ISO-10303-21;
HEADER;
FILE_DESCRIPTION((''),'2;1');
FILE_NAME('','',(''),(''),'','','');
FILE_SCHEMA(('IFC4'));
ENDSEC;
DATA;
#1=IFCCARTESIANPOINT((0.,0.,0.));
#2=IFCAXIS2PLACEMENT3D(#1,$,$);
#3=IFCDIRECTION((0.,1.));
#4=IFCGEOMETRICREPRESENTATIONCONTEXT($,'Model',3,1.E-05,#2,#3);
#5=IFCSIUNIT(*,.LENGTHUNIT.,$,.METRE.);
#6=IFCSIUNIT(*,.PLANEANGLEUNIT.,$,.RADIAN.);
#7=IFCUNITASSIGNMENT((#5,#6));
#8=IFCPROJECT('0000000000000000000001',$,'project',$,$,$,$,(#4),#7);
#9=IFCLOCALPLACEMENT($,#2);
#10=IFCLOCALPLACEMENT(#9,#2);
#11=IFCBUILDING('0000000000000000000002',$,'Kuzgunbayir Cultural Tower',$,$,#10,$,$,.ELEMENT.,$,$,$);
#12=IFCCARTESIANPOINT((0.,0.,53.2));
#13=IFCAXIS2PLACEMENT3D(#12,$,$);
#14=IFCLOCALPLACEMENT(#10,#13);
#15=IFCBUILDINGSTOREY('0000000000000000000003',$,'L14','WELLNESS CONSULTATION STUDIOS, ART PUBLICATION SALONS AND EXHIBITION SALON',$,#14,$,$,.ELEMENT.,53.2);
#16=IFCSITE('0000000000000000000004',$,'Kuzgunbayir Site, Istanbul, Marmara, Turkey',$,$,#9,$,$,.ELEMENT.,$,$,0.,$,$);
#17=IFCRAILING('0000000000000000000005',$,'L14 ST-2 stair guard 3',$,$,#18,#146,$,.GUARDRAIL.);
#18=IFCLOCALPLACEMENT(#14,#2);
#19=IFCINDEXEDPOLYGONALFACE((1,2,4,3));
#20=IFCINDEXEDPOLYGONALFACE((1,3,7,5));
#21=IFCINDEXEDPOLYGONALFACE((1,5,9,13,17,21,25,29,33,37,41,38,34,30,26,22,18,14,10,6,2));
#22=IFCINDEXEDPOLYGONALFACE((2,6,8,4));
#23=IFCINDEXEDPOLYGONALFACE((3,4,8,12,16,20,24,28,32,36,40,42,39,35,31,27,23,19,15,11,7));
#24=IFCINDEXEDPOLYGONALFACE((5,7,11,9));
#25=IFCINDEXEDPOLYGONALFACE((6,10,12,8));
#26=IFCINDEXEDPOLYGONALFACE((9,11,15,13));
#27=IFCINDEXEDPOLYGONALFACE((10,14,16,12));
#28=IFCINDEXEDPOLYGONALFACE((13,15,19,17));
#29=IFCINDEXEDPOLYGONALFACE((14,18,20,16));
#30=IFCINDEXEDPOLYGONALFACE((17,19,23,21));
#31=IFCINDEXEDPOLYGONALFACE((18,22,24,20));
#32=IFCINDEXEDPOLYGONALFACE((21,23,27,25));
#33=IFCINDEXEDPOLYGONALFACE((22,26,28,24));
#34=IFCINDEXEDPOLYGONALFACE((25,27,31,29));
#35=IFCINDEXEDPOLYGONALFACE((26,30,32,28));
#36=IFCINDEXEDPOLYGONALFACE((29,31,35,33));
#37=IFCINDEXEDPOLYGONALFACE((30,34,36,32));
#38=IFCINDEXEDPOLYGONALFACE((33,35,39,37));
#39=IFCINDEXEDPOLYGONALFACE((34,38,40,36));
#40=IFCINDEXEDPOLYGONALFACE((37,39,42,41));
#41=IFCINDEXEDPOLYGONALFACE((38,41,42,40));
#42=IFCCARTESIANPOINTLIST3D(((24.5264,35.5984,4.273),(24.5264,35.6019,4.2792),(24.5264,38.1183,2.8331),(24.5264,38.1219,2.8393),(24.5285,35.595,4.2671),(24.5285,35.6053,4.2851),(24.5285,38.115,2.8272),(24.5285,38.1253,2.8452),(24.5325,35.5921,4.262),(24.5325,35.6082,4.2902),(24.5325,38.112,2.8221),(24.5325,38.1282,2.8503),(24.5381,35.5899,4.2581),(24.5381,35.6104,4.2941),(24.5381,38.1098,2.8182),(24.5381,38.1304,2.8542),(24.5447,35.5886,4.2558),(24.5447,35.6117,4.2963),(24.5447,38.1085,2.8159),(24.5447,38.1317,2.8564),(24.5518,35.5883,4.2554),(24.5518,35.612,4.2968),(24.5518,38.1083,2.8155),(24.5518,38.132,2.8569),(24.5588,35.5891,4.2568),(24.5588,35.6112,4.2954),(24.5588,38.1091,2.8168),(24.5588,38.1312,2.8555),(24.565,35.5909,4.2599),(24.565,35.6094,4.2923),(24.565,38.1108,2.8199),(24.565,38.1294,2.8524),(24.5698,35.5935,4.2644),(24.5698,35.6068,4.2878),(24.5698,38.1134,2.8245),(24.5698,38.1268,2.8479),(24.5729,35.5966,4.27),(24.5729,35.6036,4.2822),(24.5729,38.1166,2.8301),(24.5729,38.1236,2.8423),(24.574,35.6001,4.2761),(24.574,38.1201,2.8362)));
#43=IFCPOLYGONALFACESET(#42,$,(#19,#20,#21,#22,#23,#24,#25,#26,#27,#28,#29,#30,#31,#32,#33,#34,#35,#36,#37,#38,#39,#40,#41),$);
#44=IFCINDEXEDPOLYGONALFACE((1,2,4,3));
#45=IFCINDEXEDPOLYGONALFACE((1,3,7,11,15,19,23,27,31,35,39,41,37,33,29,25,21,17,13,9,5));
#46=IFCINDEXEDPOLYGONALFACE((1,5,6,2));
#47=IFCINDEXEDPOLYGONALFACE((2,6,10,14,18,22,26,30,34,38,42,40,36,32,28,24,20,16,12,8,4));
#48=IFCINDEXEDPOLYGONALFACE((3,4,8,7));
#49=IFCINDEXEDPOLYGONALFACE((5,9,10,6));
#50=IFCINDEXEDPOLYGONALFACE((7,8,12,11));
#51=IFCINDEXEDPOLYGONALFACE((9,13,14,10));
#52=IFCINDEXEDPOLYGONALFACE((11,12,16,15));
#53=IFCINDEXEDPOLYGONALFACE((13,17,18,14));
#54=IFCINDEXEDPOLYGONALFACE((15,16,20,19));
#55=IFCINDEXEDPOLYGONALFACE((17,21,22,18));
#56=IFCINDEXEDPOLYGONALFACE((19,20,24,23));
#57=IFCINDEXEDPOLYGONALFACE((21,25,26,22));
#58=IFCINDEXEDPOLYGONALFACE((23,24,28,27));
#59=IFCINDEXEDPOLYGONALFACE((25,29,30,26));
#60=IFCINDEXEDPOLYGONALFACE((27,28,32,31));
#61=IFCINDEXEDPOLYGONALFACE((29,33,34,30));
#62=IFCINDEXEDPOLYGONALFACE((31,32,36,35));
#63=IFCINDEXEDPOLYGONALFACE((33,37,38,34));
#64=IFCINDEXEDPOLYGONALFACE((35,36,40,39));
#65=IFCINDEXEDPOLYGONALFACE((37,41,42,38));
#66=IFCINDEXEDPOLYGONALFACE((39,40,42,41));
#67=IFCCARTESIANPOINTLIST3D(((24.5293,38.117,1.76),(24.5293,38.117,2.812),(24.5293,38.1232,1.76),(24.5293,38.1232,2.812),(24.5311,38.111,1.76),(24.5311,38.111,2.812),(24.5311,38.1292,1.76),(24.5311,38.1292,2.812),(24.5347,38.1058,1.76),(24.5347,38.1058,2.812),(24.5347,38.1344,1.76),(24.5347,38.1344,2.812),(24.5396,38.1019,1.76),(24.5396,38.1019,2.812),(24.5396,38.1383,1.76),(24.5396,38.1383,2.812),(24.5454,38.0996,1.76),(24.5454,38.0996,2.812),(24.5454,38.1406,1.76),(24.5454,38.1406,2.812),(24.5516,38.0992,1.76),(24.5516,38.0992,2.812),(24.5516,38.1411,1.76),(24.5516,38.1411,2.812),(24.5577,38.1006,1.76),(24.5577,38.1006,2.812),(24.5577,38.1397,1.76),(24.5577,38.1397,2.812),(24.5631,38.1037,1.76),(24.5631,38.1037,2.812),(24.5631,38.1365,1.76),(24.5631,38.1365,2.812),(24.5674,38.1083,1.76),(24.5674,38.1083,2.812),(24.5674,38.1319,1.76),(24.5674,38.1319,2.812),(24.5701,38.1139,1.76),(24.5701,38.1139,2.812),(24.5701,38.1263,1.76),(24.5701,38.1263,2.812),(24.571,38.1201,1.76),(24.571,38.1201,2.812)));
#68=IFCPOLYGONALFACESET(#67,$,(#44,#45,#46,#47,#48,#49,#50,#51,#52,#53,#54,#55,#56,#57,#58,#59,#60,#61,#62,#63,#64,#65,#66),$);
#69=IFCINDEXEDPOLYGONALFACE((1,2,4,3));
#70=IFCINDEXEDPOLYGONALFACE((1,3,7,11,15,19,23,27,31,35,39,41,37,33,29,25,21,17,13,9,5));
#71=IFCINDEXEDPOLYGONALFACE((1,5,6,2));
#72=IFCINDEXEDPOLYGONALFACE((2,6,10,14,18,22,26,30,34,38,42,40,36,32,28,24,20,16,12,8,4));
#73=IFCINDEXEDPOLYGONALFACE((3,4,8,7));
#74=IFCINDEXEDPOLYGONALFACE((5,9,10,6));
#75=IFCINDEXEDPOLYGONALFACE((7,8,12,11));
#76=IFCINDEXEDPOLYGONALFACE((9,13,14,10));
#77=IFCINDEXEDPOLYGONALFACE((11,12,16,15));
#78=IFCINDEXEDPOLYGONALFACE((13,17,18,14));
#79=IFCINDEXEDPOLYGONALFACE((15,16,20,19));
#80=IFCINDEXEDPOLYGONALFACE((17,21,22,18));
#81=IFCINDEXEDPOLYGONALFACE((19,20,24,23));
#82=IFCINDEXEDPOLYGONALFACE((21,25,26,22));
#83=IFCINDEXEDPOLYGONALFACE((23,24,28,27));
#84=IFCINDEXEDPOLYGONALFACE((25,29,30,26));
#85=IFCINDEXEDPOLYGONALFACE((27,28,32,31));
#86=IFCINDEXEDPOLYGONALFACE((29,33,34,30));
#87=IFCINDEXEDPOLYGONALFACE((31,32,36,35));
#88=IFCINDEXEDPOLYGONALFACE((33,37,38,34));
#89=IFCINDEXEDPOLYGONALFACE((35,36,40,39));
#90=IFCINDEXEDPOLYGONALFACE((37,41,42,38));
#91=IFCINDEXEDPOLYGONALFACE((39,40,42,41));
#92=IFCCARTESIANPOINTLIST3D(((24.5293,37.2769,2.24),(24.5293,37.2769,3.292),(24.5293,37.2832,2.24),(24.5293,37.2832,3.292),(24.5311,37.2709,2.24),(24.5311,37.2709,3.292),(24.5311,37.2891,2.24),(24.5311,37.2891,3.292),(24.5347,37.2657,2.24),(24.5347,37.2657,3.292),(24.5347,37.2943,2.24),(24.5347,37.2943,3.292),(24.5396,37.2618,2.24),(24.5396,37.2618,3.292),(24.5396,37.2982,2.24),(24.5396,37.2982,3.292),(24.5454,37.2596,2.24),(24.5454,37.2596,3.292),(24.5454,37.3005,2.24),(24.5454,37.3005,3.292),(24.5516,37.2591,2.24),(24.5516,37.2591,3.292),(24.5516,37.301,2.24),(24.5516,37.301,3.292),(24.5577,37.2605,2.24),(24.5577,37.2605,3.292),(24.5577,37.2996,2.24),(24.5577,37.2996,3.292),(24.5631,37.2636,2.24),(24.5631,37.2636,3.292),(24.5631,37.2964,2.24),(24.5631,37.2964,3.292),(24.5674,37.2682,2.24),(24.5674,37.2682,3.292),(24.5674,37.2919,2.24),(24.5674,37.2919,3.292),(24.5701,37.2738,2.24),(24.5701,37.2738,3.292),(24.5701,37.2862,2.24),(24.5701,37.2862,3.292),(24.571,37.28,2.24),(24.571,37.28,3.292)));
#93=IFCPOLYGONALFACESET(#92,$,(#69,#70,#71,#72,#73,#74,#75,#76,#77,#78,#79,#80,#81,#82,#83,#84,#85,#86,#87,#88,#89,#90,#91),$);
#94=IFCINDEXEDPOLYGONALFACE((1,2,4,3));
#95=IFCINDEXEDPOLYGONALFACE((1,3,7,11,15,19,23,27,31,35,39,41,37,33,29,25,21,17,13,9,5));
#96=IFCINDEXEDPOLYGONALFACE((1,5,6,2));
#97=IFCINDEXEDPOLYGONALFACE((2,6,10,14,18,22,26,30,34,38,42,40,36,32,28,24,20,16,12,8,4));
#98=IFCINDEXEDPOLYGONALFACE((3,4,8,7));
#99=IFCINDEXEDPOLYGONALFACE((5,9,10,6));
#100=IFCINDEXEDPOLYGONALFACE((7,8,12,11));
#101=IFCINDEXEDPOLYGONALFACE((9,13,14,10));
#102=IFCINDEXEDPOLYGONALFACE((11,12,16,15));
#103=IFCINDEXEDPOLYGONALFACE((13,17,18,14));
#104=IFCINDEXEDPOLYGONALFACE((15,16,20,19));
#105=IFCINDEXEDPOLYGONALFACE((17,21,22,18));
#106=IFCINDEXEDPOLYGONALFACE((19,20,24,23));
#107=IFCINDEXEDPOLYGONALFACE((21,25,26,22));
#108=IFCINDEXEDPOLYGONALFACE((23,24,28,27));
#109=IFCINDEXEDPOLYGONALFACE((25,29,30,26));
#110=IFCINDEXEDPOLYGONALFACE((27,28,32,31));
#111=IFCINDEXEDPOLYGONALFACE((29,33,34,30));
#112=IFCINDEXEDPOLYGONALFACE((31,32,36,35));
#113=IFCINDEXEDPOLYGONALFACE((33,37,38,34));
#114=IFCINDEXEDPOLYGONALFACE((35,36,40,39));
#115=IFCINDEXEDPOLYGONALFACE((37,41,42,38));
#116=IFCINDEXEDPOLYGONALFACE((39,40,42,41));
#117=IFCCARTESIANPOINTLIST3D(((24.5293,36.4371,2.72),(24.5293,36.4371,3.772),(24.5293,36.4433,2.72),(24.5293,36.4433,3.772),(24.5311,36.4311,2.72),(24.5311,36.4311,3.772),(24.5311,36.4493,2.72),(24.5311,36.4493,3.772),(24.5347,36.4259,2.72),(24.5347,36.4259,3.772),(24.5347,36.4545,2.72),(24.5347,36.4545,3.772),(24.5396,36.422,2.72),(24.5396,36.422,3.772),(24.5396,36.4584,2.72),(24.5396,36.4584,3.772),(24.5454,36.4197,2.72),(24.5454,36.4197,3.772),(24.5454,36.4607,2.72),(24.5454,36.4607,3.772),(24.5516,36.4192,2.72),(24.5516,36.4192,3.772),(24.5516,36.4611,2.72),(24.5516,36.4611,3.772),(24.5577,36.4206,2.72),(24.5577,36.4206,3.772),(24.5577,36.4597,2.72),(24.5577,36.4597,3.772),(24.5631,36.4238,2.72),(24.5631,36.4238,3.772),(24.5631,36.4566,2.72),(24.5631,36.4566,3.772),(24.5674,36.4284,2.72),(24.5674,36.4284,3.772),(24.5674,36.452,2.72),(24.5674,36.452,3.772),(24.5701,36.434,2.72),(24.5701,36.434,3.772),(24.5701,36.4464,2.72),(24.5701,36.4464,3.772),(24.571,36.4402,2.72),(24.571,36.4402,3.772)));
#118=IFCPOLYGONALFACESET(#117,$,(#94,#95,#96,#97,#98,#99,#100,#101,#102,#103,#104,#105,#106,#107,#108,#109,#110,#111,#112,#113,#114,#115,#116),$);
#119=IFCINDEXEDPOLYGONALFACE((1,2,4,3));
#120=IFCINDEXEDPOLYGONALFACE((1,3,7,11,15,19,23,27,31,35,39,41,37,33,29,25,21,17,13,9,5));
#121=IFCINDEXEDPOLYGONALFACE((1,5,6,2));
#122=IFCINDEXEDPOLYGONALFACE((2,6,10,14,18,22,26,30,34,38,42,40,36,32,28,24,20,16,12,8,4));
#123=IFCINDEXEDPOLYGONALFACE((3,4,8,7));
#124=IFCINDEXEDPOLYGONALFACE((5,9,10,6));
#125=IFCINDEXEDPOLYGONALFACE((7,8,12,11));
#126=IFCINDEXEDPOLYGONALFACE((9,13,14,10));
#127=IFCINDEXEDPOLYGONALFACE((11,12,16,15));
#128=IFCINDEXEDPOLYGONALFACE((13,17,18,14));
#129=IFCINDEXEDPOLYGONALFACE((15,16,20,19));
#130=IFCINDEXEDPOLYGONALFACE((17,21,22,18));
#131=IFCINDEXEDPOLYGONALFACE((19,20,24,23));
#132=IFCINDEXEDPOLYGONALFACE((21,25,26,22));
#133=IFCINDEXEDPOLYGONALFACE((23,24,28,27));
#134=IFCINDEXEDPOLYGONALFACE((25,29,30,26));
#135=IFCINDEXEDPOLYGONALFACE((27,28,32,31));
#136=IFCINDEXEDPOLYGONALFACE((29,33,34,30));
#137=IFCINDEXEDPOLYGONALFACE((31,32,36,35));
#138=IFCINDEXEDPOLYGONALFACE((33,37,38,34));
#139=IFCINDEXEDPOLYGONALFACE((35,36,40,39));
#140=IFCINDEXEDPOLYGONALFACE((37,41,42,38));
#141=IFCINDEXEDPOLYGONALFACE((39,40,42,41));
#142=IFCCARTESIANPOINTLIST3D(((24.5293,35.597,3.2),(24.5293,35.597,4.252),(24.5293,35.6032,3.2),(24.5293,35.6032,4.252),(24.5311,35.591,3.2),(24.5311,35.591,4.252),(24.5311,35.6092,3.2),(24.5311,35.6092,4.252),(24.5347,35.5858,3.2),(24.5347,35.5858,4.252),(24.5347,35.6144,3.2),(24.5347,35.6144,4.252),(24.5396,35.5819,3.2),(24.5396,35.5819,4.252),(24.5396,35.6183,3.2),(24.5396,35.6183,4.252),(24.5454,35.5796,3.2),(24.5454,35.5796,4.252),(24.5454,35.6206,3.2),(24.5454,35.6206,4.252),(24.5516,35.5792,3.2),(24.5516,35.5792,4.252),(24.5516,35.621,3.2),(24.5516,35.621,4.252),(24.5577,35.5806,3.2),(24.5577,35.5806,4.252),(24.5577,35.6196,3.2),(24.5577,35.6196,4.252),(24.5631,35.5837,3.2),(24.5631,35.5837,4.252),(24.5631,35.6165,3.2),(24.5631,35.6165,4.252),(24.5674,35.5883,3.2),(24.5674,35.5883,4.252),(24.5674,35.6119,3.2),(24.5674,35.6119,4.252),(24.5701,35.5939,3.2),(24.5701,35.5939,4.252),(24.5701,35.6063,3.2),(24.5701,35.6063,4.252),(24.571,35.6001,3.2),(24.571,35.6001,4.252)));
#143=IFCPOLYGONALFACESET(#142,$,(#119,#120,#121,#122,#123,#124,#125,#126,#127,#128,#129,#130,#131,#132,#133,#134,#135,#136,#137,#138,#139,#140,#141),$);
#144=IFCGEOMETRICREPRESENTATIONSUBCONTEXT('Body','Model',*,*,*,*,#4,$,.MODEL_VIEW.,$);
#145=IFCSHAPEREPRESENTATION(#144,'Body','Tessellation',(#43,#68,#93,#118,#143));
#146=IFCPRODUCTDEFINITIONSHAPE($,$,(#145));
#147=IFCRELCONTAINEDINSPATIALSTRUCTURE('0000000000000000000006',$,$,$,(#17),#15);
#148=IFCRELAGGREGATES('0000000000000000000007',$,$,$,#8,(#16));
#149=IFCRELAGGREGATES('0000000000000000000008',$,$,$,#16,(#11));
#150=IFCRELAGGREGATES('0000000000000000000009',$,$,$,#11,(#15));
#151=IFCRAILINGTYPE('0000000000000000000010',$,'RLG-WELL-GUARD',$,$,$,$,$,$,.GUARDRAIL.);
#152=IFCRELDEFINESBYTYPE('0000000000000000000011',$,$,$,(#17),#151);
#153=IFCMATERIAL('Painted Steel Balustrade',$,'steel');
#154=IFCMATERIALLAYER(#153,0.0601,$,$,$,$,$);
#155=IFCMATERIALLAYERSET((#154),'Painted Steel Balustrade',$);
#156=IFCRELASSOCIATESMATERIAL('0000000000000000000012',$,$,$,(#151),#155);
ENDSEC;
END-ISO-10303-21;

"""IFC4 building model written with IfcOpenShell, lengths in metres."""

from ifc_helpers import new_model, si_unit, direction, frame, origin, origin_2d, place, context, subcontext, project, spatial, circle, extrude, material, layer, layer_set, type_object, element, save


model = new_model("IFC4")

# Units and contexts
model_context = context("Model", 3, precision=1e-05, world=origin(), true_north=direction((0.0, 1.0)))
body_context = subcontext(model_context, "Body", "Model", "MODEL_VIEW")
ifc_project = project(units=[si_unit("LENGTHUNIT", "METRE"), si_unit("PLANEANGLEUNIT", "RADIAN")], contexts=[model_context])

# Site, building, storey
site_placement = place(None, origin())
site = spatial("IfcSite", under=ifc_project, at=site_placement, Name="Kuzgunbayir Site, Istanbul, Marmara, Turkey", CompositionType="ELEMENT", RefElevation=0.0)
building_placement = place(site_placement, origin())
building = spatial("IfcBuilding", under=site, at=building_placement, Name="Kuzgunbayir Cultural Tower", CompositionType="ELEMENT")
storey_placement = place(building_placement, frame((0.0, 0.0, 53.2)))
storey = spatial("IfcBuildingStorey", under=building, at=storey_placement, Name="L14", Description="WELLNESS CONSULTATION STUDIOS, ART PUBLICATION SALONS AND EXHIBITION SALON", CompositionType="ELEMENT", Elevation=53.2)

# Railing
ifc_material_1 = material(Name="Painted Steel Balustrade", Category="steel")
ifc_layer_1 = layer(ifc_material_1, 0.0601)
ifc_layer_set_1 = layer_set([ifc_layer_1], Name="Painted Steel Balustrade")
railing_type_1 = type_object("IfcRailingType", Name="RLG-WELL-GUARD", PredefinedType="GUARDRAIL", material=ifc_layer_set_1)
railing_1_placement = place(storey_placement, frame((24.55, 38.1201, 1.76)))
element("IfcRailing", 1, at=railing_1_placement, inside=storey, type_object=railing_type_1, Name="L14 ST-2 stair guard 3", PredefinedType="GUARDRAIL", context=body_context, shape_type="SweptSolid", body=[
    extrude(circle(Radius=0.0239, at=origin_2d()), frame((0.0, 0.0, 1.0762), z_axis=(0.0, -0.868253, 0.496121), x_axis=(1.0, 0.0, 0.0)), (0.0, 0.0, 1.0), 2.9023),
    extrude(circle(Radius=0.021, at=origin_2d()), origin(), (0.0, 0.0, 1.0), 1.052),
    extrude(circle(Radius=0.021, at=origin_2d()), frame((0.0, -0.8401, 0.48)), (0.0, 0.0, 1.0), 1.052),
    extrude(circle(Radius=0.021, at=origin_2d()), frame((0.0, -1.6799, 0.96)), (0.0, 0.0, 1.0), 1.052),
    extrude(circle(Radius=0.021, at=origin_2d()), frame((0.0, -2.52, 1.4399)), (0.0, 0.0, 1.0), 1.052),
])

save(model, "model.ifc")
